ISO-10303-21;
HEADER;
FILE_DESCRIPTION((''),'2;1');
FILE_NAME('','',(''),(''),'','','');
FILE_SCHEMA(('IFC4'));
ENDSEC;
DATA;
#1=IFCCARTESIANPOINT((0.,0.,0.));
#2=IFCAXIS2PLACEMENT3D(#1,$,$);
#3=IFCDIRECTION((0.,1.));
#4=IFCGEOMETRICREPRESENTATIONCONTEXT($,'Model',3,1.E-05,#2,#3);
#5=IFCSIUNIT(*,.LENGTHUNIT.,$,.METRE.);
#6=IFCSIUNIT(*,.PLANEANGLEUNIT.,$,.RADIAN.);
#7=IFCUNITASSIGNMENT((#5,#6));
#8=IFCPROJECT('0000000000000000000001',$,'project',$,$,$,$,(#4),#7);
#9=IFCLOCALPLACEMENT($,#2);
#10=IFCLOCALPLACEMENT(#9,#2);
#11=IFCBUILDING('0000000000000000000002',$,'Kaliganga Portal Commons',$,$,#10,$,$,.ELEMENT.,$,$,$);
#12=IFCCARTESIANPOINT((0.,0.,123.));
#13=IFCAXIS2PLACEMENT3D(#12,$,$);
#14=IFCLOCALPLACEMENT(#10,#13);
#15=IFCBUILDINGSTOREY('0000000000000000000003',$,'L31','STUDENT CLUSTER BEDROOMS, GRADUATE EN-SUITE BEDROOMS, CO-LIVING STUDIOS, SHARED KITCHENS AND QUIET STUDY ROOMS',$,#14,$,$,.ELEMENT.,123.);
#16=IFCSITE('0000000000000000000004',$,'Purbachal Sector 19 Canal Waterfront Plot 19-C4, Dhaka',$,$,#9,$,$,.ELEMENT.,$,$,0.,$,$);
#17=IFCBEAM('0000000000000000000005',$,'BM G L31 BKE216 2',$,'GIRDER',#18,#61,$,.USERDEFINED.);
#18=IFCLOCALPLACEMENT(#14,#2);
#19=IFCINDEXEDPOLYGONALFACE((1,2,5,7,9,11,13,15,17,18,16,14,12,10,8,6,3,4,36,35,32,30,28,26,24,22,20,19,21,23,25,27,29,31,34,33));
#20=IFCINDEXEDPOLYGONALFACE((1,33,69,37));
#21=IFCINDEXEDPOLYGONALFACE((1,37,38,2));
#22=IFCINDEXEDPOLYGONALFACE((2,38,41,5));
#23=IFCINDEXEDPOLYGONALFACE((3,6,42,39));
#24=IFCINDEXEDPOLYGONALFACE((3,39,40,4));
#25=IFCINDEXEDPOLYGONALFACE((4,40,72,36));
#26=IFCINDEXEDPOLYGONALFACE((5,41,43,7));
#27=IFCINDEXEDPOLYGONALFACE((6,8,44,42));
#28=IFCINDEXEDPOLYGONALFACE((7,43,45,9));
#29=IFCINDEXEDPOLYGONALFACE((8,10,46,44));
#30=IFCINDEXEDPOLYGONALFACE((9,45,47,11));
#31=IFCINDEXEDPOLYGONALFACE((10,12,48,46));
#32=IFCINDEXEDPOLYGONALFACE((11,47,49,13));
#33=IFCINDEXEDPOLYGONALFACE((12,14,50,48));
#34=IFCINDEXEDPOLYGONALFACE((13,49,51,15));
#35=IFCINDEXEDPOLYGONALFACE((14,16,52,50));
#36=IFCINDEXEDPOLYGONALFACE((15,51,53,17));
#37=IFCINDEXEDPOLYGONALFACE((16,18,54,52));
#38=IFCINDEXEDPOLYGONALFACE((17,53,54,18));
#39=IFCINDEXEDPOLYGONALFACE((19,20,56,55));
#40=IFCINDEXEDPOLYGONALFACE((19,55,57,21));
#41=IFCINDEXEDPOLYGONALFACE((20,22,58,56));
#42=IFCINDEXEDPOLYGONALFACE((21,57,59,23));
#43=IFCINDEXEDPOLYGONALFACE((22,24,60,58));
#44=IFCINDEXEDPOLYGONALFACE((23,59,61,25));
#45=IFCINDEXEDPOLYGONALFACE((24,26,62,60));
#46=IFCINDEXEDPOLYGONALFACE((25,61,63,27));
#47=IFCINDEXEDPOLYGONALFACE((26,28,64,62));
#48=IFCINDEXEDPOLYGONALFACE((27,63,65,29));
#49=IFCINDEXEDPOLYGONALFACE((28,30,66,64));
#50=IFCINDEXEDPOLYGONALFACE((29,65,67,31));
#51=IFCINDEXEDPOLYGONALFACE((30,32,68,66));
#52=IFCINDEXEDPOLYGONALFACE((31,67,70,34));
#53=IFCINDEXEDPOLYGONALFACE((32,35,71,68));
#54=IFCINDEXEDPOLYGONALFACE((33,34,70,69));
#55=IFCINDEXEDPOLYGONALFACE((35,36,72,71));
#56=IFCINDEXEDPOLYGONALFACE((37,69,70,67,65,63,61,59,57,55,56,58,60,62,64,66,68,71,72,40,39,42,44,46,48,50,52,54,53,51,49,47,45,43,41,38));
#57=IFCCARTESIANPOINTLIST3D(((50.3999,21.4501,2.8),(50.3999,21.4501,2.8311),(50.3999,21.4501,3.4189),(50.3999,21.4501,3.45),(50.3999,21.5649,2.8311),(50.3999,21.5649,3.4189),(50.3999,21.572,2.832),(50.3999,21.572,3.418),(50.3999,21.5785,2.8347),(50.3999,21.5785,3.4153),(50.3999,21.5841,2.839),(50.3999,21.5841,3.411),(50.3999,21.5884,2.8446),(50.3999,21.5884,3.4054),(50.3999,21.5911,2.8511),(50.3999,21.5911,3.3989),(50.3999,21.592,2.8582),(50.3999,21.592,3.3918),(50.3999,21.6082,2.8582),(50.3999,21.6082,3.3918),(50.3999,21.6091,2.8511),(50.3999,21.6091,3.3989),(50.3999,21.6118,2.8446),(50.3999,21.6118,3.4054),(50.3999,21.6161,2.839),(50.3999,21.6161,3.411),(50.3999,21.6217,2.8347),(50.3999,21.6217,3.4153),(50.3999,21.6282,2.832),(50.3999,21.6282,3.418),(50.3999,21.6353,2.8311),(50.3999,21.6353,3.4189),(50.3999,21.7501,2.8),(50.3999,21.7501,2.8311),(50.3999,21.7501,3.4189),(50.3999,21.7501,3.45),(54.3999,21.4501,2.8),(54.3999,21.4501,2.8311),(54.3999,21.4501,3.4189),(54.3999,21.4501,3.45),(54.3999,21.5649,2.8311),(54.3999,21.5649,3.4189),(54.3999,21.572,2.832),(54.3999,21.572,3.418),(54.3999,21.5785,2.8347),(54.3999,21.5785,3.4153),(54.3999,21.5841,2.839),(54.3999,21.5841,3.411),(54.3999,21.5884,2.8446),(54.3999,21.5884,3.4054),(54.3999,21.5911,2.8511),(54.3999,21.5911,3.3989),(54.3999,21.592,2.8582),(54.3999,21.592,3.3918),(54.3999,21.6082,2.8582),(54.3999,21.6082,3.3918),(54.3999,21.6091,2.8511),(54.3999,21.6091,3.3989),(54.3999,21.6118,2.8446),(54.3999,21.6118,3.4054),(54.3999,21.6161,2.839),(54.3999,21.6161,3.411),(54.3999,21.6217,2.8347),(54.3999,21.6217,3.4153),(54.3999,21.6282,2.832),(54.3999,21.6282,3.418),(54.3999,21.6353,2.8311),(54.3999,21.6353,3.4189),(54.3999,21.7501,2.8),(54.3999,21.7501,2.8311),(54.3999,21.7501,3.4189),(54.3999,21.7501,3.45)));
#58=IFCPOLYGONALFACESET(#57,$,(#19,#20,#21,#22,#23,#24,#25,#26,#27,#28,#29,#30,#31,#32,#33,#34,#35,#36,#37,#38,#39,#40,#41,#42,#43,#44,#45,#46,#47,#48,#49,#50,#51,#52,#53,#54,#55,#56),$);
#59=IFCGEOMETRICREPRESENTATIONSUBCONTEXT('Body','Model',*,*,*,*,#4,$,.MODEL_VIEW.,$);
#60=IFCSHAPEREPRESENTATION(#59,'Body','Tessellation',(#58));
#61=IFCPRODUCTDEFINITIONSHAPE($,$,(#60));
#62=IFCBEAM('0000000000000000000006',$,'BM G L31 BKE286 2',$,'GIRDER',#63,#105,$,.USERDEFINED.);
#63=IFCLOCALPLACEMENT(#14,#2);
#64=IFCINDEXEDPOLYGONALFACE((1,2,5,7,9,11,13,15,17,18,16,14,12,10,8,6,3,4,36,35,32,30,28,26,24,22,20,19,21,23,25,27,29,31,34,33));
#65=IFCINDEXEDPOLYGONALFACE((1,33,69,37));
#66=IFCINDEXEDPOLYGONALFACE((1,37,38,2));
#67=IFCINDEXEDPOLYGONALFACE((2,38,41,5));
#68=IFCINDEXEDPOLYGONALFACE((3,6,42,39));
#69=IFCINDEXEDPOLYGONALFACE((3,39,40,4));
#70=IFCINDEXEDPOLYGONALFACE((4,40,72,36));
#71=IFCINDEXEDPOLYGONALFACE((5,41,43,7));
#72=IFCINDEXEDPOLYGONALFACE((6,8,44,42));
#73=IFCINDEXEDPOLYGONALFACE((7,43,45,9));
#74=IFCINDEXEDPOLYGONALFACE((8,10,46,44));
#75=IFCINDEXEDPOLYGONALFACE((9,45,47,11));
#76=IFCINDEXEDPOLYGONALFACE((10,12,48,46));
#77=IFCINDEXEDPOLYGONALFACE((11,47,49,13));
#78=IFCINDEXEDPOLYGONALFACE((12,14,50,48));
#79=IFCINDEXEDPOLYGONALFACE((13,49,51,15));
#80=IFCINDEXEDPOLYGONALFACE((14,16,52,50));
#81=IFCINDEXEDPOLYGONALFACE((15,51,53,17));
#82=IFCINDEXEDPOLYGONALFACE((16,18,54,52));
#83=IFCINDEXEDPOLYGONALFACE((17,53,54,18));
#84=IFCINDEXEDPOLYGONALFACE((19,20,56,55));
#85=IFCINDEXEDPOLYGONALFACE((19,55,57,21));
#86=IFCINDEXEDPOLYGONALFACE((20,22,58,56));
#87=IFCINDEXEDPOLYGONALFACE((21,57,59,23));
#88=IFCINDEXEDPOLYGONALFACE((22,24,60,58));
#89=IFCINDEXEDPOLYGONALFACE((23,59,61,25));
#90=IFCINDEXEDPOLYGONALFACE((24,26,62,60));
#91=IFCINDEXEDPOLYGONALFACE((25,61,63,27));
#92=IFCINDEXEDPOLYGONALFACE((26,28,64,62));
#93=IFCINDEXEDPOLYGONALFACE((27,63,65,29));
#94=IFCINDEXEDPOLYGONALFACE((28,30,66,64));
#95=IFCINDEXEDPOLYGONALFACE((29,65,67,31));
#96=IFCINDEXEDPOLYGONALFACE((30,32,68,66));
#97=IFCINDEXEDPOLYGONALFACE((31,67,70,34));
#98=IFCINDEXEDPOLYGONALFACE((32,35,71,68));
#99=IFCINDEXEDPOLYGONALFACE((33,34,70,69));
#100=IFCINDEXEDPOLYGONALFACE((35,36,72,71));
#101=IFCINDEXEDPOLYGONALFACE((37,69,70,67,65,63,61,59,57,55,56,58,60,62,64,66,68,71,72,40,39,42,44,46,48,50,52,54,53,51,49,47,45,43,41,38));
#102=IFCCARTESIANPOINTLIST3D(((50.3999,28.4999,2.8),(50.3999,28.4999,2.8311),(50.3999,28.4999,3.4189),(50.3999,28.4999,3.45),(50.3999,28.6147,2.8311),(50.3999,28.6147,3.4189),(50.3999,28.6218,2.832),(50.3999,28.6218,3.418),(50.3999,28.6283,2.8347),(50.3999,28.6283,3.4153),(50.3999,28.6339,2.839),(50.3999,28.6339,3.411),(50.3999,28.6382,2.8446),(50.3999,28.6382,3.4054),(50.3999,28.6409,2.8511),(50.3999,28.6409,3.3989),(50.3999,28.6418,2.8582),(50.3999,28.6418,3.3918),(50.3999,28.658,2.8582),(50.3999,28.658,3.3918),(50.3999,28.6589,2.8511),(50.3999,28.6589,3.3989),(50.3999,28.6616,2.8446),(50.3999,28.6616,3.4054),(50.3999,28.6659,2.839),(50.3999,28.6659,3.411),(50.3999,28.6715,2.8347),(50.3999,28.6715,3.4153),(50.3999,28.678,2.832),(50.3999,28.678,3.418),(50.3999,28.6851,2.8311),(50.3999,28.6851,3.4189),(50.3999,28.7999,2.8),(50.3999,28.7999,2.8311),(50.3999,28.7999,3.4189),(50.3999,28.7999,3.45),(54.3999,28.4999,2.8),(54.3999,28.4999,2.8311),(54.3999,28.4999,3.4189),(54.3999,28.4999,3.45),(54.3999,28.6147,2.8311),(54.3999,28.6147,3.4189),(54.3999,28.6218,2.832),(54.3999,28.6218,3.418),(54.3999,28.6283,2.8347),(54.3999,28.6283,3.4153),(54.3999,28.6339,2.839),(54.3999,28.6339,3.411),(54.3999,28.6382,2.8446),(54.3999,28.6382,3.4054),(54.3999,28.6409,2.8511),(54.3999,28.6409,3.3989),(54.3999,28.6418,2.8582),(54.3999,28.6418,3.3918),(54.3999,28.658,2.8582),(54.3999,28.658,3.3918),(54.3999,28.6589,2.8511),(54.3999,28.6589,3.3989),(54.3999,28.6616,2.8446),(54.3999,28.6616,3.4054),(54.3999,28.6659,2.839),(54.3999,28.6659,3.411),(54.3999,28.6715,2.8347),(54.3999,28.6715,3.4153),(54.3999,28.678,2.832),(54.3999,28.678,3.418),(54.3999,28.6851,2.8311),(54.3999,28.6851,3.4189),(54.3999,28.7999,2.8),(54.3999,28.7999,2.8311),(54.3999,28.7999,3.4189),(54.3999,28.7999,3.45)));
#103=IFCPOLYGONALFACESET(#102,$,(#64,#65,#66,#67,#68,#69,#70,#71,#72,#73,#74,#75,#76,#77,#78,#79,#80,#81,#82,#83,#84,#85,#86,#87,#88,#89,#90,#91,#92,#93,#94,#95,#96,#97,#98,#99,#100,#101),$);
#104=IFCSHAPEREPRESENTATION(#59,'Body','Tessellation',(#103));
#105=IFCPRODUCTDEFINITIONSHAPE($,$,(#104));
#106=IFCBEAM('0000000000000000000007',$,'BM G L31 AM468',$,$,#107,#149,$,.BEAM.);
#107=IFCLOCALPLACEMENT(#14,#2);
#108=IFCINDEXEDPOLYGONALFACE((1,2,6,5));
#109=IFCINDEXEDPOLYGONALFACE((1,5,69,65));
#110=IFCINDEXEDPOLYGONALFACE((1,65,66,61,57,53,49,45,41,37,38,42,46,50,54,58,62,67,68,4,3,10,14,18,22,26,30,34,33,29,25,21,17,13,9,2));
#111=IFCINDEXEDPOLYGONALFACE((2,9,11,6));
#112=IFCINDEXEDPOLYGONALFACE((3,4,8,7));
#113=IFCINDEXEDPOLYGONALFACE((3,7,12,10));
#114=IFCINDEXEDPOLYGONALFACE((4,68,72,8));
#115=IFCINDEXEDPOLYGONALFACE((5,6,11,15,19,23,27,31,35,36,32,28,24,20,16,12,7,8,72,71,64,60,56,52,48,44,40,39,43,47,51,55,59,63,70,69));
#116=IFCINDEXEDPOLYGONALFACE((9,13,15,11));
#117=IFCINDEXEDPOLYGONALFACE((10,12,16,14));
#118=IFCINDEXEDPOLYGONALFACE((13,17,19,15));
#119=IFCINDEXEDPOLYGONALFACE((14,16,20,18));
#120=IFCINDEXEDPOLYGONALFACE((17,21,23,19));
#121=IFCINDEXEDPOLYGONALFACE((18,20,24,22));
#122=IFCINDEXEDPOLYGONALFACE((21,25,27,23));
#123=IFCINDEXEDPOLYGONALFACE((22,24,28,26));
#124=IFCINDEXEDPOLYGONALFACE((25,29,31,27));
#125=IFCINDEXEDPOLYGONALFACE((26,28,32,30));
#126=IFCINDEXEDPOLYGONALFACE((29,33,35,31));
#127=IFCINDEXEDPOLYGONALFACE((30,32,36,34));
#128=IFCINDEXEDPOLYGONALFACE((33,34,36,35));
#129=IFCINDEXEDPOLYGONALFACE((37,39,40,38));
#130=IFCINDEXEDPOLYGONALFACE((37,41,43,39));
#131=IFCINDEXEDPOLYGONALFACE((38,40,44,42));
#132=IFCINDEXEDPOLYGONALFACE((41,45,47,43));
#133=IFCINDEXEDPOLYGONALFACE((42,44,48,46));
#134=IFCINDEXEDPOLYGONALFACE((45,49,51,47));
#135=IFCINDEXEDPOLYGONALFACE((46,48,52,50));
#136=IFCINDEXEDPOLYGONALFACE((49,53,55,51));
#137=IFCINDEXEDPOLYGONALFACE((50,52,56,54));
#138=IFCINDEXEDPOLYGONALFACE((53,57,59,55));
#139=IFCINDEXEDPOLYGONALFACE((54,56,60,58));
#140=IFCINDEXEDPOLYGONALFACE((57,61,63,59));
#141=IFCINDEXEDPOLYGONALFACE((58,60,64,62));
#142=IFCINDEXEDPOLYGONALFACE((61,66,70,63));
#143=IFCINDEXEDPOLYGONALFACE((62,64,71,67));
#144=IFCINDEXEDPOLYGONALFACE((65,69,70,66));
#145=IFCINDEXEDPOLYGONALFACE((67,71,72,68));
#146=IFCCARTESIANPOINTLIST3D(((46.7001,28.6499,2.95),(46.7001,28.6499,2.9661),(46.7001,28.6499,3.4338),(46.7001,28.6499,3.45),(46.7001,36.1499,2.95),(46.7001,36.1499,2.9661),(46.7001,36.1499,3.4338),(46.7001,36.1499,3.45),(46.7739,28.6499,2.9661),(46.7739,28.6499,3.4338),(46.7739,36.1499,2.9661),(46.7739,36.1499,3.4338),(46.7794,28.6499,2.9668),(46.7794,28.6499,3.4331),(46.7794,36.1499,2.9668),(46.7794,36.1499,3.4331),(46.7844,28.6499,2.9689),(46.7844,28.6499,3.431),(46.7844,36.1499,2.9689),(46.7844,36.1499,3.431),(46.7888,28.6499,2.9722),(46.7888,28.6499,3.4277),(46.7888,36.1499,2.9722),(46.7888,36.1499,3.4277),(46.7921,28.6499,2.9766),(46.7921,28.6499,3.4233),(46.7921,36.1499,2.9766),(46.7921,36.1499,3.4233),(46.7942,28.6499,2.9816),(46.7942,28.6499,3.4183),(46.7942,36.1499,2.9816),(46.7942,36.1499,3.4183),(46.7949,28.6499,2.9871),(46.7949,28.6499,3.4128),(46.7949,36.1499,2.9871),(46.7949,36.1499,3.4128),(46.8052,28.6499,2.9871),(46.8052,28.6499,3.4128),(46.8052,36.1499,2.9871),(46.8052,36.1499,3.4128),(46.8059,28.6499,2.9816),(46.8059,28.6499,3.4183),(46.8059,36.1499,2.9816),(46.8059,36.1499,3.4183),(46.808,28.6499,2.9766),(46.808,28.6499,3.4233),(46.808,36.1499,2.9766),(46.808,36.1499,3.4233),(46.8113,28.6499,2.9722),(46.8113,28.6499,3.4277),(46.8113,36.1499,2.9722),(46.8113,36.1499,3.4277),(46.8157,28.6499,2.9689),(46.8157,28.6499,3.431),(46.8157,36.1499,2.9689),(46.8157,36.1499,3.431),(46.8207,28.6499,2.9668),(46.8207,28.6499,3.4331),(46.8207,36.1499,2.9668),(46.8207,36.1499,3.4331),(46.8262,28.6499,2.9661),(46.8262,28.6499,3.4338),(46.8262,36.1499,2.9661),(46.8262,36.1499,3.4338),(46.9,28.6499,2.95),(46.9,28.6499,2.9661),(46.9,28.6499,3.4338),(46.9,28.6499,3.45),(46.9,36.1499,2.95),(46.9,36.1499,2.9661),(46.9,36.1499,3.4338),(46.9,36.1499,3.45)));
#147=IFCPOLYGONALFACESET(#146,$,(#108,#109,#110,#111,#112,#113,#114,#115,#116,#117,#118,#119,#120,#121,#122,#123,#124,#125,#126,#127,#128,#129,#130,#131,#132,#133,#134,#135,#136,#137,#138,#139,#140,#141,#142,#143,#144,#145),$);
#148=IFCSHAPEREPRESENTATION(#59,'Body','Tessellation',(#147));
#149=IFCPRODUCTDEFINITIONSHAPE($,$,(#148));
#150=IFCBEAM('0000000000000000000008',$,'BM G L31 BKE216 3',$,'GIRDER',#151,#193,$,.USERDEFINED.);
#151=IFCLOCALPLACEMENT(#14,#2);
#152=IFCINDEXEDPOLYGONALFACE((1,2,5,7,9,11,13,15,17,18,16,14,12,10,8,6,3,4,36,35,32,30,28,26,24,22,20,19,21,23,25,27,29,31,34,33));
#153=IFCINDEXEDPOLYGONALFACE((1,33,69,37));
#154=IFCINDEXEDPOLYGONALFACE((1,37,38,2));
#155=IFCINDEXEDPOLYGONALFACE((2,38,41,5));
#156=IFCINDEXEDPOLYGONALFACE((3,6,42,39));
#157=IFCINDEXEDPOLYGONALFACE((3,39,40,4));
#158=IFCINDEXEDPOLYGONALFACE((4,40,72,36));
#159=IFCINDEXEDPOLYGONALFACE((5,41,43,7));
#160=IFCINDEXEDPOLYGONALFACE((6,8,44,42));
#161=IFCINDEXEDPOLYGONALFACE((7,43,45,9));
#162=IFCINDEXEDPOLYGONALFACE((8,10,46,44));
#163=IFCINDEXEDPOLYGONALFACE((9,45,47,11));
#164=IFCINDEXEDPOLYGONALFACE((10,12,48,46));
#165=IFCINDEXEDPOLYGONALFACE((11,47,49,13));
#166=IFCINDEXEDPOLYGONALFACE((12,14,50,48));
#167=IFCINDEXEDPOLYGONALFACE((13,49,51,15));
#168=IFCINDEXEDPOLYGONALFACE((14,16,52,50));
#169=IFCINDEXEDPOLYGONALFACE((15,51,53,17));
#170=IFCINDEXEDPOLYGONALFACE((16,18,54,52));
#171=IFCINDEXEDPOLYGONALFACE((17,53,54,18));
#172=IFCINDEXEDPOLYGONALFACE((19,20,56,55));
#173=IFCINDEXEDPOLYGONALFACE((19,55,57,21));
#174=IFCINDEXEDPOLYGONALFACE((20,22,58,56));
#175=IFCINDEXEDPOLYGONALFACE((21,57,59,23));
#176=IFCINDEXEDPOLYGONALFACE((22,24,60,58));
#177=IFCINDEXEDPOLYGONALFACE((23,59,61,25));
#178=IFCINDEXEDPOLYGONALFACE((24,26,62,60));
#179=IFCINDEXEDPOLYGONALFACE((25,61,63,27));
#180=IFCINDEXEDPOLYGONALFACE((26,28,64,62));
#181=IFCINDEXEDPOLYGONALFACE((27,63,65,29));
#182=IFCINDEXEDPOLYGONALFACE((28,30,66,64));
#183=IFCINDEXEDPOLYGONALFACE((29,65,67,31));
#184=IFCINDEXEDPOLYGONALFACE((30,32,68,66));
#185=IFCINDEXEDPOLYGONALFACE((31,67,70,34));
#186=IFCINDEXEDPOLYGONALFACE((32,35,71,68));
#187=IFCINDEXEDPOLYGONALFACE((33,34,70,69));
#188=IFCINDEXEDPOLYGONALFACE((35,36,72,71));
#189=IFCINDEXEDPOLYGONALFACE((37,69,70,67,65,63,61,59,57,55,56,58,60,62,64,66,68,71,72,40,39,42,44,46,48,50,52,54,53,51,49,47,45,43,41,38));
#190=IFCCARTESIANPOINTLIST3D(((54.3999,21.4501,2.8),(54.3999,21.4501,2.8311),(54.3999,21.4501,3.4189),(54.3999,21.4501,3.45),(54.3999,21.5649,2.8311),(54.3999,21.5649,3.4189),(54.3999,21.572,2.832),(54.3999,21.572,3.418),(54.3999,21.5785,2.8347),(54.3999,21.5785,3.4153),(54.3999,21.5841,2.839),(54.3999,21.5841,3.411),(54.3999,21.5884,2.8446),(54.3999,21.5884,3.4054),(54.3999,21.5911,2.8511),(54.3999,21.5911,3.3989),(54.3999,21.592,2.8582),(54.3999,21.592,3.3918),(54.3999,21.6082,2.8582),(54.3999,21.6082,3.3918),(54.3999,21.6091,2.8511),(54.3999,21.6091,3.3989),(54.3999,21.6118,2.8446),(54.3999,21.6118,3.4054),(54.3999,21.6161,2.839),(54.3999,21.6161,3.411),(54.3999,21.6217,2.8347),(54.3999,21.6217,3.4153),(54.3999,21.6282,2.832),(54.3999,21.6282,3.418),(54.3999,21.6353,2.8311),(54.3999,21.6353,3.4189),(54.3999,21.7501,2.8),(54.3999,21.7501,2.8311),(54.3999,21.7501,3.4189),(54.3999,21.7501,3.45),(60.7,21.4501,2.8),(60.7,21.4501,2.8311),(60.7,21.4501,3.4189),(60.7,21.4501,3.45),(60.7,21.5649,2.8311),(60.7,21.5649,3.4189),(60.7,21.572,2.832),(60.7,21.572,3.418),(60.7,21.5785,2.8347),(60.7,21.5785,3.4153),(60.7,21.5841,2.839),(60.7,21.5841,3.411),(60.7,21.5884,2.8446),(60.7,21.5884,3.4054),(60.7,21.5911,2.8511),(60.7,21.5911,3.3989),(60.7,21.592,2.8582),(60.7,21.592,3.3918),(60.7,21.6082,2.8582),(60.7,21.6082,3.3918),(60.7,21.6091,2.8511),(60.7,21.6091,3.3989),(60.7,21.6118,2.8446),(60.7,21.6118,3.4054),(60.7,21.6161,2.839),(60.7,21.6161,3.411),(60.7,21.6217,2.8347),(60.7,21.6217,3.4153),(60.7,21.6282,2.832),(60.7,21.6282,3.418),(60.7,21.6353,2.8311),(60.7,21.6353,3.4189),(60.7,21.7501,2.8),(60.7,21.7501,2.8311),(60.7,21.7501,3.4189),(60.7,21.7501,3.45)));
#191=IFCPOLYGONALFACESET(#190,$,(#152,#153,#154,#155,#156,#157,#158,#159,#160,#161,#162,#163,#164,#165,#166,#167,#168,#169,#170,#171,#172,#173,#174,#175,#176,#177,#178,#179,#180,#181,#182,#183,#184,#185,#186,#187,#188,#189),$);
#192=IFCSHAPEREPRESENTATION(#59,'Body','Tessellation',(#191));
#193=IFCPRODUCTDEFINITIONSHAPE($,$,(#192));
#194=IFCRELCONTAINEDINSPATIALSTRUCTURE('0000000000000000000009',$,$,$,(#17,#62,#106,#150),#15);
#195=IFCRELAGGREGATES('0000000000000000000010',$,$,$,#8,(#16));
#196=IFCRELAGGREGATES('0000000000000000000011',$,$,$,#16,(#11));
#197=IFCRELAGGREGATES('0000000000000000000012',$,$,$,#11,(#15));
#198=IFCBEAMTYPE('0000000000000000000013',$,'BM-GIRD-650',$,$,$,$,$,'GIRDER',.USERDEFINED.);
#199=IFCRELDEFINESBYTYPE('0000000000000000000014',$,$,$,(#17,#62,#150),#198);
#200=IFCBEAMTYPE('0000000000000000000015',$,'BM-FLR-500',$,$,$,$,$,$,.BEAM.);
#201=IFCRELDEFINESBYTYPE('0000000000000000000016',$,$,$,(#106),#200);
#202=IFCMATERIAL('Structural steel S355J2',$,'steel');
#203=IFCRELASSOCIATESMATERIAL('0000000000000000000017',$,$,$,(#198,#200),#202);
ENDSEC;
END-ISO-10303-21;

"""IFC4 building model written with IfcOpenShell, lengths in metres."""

from ifc_helpers import new_model, si_unit, direction, frame, origin, origin_2d, place, context, subcontext, project, spatial, i_section, extrude, source, transform, mapped, material, material_profile, profile_set, type_object, element, save


model = new_model("IFC4")

# Units and contexts
model_context = context("Model", 3, precision=1e-05, world=origin(), true_north=direction((0.0, 1.0)))
body_context = subcontext(model_context, "Body", "Model", "MODEL_VIEW")
ifc_project = project(units=[si_unit("LENGTHUNIT", "METRE"), si_unit("PLANEANGLEUNIT", "RADIAN")], contexts=[model_context])

# Site, building, storey
site_placement = place(None, origin())
site = spatial("IfcSite", under=ifc_project, at=site_placement, Name="Purbachal Sector 19 Canal Waterfront Plot 19-C4, Dhaka", CompositionType="ELEMENT", RefElevation=0.0)
building_placement = place(site_placement, origin())
building = spatial("IfcBuilding", under=site, at=building_placement, Name="Kaliganga Portal Commons", CompositionType="ELEMENT")
storey_placement = place(building_placement, frame((0.0, 0.0, 123.0)))
storey = spatial("IfcBuildingStorey", under=building, at=storey_placement, Name="L31", Description="STUDENT CLUSTER BEDROOMS, GRADUATE EN-SUITE BEDROOMS, CO-LIVING STUDIOS, SHARED KITCHENS AND QUIET STUDY ROOMS", CompositionType="ELEMENT", Elevation=123.0)

# Beams
ifc_material_1 = material(Name="Structural steel S355J2", Category="steel")
ifc_material_profile_1 = material_profile(ifc_material_1, i_section(OverallWidth=0.3, OverallDepth=0.6499, WebThickness=0.0161, FlangeThickness=0.031, FilletRadius=0.0271, at=origin_2d()), Name="HE 650 B")
ifc_profile_set_1 = profile_set([ifc_material_profile_1], Name="Structural steel S355J2 wide-flange")
beam_type_1 = type_object("IfcBeamType", Name="BM-GIRD-650", ElementType="GIRDER", PredefinedType="USERDEFINED", material=ifc_profile_set_1)
shared_shape_1 = source(origin(), body_context, "Body", "SweptSolid", [
    extrude(i_section(OverallWidth=0.3, OverallDepth=0.6499, WebThickness=0.0161, FlangeThickness=0.031, FilletRadius=0.0271, at=origin_2d()), origin(), (0.0, 0.0, 1.0), 4.0),
])
for number, where, z_axis, x_axis, name in (
    (1, (50.3999, 21.6001, 3.125), (1.0, 0.0, 0.0), (0.0, 1.0, 0.0), "BM G L31 BKE216 2"),
    (2, (50.3999, 28.6499, 3.125), (1.0, 0.0, 0.0), (0.0, 1.0, 0.0), "BM G L31 BKE286 2"),
):
    element("IfcBeam", number, at=place(storey_placement, frame(where, z_axis=z_axis, x_axis=x_axis)), inside=storey, type_object=beam_type_1, Name=name, ObjectType="GIRDER", PredefinedType="USERDEFINED", context=body_context, shape_type="MappedRepresentation", body=[
        mapped(shared_shape_1, transform((0.0, 0.0, 0.0), x_axis=(1.0, 0.0, 0.0), y_axis=(0.0, 1.0, 0.0), z_axis=(0.0, 0.0, 1.0), scale=1.0)),
    ])
ifc_material_profile_2 = material_profile(ifc_material_1, i_section(OverallWidth=0.2, OverallDepth=0.5, WebThickness=0.0103, FlangeThickness=0.0161, FilletRadius=0.021, at=origin_2d()), Name="IPE 500")
ifc_profile_set_2 = profile_set([ifc_material_profile_2], Name="Structural steel S355J2 wide-flange")
beam_type_2 = type_object("IfcBeamType", Name="BM-FLR-500", PredefinedType="BEAM", material=ifc_profile_set_2)
shared_shape_2 = source(origin(), body_context, "Body", "SweptSolid", [
    extrude(i_section(OverallWidth=0.2, OverallDepth=0.5, WebThickness=0.0103, FlangeThickness=0.0161, FilletRadius=0.021, at=origin_2d()), origin(), (0.0, 0.0, 1.0), 7.5),
])
beam_1_placement = place(storey_placement, frame((46.8, 28.6499, 3.2), z_axis=(0.0, 1.0, 0.0), x_axis=(-1.0, 0.0, 0.0)))
element("IfcBeam", 3, at=beam_1_placement, inside=storey, type_object=beam_type_2, Name="BM G L31 AM468", PredefinedType="BEAM", context=body_context, shape_type="MappedRepresentation", body=[
    mapped(shared_shape_2, transform((0.0, 0.0, 0.0), x_axis=(1.0, 0.0, 0.0), y_axis=(0.0, 1.0, 0.0), z_axis=(0.0, 0.0, 1.0), scale=1.0)),
])
shared_shape_3 = source(origin(), body_context, "Body", "SweptSolid", [
    extrude(i_section(OverallWidth=0.3, OverallDepth=0.6499, WebThickness=0.0161, FlangeThickness=0.031, FilletRadius=0.0271, at=origin_2d()), origin(), (0.0, 0.0, 1.0), 6.3),
])
for number, where, z_axis, x_axis, name in (
    (4, (54.3999, 21.6001, 3.125), (1.0, 0.0, 0.0), (0.0, 1.0, 0.0), "BM G L31 BKE216 3"),
):
    element("IfcBeam", number, at=place(storey_placement, frame(where, z_axis=z_axis, x_axis=x_axis)), inside=storey, type_object=beam_type_1, Name=name, ObjectType="GIRDER", PredefinedType="USERDEFINED", context=body_context, shape_type="MappedRepresentation", body=[
        mapped(shared_shape_3, transform((0.0, 0.0, 0.0), x_axis=(1.0, 0.0, 0.0), y_axis=(0.0, 1.0, 0.0), z_axis=(0.0, 0.0, 1.0), scale=1.0)),
    ])

save(model, "model.ifc")
